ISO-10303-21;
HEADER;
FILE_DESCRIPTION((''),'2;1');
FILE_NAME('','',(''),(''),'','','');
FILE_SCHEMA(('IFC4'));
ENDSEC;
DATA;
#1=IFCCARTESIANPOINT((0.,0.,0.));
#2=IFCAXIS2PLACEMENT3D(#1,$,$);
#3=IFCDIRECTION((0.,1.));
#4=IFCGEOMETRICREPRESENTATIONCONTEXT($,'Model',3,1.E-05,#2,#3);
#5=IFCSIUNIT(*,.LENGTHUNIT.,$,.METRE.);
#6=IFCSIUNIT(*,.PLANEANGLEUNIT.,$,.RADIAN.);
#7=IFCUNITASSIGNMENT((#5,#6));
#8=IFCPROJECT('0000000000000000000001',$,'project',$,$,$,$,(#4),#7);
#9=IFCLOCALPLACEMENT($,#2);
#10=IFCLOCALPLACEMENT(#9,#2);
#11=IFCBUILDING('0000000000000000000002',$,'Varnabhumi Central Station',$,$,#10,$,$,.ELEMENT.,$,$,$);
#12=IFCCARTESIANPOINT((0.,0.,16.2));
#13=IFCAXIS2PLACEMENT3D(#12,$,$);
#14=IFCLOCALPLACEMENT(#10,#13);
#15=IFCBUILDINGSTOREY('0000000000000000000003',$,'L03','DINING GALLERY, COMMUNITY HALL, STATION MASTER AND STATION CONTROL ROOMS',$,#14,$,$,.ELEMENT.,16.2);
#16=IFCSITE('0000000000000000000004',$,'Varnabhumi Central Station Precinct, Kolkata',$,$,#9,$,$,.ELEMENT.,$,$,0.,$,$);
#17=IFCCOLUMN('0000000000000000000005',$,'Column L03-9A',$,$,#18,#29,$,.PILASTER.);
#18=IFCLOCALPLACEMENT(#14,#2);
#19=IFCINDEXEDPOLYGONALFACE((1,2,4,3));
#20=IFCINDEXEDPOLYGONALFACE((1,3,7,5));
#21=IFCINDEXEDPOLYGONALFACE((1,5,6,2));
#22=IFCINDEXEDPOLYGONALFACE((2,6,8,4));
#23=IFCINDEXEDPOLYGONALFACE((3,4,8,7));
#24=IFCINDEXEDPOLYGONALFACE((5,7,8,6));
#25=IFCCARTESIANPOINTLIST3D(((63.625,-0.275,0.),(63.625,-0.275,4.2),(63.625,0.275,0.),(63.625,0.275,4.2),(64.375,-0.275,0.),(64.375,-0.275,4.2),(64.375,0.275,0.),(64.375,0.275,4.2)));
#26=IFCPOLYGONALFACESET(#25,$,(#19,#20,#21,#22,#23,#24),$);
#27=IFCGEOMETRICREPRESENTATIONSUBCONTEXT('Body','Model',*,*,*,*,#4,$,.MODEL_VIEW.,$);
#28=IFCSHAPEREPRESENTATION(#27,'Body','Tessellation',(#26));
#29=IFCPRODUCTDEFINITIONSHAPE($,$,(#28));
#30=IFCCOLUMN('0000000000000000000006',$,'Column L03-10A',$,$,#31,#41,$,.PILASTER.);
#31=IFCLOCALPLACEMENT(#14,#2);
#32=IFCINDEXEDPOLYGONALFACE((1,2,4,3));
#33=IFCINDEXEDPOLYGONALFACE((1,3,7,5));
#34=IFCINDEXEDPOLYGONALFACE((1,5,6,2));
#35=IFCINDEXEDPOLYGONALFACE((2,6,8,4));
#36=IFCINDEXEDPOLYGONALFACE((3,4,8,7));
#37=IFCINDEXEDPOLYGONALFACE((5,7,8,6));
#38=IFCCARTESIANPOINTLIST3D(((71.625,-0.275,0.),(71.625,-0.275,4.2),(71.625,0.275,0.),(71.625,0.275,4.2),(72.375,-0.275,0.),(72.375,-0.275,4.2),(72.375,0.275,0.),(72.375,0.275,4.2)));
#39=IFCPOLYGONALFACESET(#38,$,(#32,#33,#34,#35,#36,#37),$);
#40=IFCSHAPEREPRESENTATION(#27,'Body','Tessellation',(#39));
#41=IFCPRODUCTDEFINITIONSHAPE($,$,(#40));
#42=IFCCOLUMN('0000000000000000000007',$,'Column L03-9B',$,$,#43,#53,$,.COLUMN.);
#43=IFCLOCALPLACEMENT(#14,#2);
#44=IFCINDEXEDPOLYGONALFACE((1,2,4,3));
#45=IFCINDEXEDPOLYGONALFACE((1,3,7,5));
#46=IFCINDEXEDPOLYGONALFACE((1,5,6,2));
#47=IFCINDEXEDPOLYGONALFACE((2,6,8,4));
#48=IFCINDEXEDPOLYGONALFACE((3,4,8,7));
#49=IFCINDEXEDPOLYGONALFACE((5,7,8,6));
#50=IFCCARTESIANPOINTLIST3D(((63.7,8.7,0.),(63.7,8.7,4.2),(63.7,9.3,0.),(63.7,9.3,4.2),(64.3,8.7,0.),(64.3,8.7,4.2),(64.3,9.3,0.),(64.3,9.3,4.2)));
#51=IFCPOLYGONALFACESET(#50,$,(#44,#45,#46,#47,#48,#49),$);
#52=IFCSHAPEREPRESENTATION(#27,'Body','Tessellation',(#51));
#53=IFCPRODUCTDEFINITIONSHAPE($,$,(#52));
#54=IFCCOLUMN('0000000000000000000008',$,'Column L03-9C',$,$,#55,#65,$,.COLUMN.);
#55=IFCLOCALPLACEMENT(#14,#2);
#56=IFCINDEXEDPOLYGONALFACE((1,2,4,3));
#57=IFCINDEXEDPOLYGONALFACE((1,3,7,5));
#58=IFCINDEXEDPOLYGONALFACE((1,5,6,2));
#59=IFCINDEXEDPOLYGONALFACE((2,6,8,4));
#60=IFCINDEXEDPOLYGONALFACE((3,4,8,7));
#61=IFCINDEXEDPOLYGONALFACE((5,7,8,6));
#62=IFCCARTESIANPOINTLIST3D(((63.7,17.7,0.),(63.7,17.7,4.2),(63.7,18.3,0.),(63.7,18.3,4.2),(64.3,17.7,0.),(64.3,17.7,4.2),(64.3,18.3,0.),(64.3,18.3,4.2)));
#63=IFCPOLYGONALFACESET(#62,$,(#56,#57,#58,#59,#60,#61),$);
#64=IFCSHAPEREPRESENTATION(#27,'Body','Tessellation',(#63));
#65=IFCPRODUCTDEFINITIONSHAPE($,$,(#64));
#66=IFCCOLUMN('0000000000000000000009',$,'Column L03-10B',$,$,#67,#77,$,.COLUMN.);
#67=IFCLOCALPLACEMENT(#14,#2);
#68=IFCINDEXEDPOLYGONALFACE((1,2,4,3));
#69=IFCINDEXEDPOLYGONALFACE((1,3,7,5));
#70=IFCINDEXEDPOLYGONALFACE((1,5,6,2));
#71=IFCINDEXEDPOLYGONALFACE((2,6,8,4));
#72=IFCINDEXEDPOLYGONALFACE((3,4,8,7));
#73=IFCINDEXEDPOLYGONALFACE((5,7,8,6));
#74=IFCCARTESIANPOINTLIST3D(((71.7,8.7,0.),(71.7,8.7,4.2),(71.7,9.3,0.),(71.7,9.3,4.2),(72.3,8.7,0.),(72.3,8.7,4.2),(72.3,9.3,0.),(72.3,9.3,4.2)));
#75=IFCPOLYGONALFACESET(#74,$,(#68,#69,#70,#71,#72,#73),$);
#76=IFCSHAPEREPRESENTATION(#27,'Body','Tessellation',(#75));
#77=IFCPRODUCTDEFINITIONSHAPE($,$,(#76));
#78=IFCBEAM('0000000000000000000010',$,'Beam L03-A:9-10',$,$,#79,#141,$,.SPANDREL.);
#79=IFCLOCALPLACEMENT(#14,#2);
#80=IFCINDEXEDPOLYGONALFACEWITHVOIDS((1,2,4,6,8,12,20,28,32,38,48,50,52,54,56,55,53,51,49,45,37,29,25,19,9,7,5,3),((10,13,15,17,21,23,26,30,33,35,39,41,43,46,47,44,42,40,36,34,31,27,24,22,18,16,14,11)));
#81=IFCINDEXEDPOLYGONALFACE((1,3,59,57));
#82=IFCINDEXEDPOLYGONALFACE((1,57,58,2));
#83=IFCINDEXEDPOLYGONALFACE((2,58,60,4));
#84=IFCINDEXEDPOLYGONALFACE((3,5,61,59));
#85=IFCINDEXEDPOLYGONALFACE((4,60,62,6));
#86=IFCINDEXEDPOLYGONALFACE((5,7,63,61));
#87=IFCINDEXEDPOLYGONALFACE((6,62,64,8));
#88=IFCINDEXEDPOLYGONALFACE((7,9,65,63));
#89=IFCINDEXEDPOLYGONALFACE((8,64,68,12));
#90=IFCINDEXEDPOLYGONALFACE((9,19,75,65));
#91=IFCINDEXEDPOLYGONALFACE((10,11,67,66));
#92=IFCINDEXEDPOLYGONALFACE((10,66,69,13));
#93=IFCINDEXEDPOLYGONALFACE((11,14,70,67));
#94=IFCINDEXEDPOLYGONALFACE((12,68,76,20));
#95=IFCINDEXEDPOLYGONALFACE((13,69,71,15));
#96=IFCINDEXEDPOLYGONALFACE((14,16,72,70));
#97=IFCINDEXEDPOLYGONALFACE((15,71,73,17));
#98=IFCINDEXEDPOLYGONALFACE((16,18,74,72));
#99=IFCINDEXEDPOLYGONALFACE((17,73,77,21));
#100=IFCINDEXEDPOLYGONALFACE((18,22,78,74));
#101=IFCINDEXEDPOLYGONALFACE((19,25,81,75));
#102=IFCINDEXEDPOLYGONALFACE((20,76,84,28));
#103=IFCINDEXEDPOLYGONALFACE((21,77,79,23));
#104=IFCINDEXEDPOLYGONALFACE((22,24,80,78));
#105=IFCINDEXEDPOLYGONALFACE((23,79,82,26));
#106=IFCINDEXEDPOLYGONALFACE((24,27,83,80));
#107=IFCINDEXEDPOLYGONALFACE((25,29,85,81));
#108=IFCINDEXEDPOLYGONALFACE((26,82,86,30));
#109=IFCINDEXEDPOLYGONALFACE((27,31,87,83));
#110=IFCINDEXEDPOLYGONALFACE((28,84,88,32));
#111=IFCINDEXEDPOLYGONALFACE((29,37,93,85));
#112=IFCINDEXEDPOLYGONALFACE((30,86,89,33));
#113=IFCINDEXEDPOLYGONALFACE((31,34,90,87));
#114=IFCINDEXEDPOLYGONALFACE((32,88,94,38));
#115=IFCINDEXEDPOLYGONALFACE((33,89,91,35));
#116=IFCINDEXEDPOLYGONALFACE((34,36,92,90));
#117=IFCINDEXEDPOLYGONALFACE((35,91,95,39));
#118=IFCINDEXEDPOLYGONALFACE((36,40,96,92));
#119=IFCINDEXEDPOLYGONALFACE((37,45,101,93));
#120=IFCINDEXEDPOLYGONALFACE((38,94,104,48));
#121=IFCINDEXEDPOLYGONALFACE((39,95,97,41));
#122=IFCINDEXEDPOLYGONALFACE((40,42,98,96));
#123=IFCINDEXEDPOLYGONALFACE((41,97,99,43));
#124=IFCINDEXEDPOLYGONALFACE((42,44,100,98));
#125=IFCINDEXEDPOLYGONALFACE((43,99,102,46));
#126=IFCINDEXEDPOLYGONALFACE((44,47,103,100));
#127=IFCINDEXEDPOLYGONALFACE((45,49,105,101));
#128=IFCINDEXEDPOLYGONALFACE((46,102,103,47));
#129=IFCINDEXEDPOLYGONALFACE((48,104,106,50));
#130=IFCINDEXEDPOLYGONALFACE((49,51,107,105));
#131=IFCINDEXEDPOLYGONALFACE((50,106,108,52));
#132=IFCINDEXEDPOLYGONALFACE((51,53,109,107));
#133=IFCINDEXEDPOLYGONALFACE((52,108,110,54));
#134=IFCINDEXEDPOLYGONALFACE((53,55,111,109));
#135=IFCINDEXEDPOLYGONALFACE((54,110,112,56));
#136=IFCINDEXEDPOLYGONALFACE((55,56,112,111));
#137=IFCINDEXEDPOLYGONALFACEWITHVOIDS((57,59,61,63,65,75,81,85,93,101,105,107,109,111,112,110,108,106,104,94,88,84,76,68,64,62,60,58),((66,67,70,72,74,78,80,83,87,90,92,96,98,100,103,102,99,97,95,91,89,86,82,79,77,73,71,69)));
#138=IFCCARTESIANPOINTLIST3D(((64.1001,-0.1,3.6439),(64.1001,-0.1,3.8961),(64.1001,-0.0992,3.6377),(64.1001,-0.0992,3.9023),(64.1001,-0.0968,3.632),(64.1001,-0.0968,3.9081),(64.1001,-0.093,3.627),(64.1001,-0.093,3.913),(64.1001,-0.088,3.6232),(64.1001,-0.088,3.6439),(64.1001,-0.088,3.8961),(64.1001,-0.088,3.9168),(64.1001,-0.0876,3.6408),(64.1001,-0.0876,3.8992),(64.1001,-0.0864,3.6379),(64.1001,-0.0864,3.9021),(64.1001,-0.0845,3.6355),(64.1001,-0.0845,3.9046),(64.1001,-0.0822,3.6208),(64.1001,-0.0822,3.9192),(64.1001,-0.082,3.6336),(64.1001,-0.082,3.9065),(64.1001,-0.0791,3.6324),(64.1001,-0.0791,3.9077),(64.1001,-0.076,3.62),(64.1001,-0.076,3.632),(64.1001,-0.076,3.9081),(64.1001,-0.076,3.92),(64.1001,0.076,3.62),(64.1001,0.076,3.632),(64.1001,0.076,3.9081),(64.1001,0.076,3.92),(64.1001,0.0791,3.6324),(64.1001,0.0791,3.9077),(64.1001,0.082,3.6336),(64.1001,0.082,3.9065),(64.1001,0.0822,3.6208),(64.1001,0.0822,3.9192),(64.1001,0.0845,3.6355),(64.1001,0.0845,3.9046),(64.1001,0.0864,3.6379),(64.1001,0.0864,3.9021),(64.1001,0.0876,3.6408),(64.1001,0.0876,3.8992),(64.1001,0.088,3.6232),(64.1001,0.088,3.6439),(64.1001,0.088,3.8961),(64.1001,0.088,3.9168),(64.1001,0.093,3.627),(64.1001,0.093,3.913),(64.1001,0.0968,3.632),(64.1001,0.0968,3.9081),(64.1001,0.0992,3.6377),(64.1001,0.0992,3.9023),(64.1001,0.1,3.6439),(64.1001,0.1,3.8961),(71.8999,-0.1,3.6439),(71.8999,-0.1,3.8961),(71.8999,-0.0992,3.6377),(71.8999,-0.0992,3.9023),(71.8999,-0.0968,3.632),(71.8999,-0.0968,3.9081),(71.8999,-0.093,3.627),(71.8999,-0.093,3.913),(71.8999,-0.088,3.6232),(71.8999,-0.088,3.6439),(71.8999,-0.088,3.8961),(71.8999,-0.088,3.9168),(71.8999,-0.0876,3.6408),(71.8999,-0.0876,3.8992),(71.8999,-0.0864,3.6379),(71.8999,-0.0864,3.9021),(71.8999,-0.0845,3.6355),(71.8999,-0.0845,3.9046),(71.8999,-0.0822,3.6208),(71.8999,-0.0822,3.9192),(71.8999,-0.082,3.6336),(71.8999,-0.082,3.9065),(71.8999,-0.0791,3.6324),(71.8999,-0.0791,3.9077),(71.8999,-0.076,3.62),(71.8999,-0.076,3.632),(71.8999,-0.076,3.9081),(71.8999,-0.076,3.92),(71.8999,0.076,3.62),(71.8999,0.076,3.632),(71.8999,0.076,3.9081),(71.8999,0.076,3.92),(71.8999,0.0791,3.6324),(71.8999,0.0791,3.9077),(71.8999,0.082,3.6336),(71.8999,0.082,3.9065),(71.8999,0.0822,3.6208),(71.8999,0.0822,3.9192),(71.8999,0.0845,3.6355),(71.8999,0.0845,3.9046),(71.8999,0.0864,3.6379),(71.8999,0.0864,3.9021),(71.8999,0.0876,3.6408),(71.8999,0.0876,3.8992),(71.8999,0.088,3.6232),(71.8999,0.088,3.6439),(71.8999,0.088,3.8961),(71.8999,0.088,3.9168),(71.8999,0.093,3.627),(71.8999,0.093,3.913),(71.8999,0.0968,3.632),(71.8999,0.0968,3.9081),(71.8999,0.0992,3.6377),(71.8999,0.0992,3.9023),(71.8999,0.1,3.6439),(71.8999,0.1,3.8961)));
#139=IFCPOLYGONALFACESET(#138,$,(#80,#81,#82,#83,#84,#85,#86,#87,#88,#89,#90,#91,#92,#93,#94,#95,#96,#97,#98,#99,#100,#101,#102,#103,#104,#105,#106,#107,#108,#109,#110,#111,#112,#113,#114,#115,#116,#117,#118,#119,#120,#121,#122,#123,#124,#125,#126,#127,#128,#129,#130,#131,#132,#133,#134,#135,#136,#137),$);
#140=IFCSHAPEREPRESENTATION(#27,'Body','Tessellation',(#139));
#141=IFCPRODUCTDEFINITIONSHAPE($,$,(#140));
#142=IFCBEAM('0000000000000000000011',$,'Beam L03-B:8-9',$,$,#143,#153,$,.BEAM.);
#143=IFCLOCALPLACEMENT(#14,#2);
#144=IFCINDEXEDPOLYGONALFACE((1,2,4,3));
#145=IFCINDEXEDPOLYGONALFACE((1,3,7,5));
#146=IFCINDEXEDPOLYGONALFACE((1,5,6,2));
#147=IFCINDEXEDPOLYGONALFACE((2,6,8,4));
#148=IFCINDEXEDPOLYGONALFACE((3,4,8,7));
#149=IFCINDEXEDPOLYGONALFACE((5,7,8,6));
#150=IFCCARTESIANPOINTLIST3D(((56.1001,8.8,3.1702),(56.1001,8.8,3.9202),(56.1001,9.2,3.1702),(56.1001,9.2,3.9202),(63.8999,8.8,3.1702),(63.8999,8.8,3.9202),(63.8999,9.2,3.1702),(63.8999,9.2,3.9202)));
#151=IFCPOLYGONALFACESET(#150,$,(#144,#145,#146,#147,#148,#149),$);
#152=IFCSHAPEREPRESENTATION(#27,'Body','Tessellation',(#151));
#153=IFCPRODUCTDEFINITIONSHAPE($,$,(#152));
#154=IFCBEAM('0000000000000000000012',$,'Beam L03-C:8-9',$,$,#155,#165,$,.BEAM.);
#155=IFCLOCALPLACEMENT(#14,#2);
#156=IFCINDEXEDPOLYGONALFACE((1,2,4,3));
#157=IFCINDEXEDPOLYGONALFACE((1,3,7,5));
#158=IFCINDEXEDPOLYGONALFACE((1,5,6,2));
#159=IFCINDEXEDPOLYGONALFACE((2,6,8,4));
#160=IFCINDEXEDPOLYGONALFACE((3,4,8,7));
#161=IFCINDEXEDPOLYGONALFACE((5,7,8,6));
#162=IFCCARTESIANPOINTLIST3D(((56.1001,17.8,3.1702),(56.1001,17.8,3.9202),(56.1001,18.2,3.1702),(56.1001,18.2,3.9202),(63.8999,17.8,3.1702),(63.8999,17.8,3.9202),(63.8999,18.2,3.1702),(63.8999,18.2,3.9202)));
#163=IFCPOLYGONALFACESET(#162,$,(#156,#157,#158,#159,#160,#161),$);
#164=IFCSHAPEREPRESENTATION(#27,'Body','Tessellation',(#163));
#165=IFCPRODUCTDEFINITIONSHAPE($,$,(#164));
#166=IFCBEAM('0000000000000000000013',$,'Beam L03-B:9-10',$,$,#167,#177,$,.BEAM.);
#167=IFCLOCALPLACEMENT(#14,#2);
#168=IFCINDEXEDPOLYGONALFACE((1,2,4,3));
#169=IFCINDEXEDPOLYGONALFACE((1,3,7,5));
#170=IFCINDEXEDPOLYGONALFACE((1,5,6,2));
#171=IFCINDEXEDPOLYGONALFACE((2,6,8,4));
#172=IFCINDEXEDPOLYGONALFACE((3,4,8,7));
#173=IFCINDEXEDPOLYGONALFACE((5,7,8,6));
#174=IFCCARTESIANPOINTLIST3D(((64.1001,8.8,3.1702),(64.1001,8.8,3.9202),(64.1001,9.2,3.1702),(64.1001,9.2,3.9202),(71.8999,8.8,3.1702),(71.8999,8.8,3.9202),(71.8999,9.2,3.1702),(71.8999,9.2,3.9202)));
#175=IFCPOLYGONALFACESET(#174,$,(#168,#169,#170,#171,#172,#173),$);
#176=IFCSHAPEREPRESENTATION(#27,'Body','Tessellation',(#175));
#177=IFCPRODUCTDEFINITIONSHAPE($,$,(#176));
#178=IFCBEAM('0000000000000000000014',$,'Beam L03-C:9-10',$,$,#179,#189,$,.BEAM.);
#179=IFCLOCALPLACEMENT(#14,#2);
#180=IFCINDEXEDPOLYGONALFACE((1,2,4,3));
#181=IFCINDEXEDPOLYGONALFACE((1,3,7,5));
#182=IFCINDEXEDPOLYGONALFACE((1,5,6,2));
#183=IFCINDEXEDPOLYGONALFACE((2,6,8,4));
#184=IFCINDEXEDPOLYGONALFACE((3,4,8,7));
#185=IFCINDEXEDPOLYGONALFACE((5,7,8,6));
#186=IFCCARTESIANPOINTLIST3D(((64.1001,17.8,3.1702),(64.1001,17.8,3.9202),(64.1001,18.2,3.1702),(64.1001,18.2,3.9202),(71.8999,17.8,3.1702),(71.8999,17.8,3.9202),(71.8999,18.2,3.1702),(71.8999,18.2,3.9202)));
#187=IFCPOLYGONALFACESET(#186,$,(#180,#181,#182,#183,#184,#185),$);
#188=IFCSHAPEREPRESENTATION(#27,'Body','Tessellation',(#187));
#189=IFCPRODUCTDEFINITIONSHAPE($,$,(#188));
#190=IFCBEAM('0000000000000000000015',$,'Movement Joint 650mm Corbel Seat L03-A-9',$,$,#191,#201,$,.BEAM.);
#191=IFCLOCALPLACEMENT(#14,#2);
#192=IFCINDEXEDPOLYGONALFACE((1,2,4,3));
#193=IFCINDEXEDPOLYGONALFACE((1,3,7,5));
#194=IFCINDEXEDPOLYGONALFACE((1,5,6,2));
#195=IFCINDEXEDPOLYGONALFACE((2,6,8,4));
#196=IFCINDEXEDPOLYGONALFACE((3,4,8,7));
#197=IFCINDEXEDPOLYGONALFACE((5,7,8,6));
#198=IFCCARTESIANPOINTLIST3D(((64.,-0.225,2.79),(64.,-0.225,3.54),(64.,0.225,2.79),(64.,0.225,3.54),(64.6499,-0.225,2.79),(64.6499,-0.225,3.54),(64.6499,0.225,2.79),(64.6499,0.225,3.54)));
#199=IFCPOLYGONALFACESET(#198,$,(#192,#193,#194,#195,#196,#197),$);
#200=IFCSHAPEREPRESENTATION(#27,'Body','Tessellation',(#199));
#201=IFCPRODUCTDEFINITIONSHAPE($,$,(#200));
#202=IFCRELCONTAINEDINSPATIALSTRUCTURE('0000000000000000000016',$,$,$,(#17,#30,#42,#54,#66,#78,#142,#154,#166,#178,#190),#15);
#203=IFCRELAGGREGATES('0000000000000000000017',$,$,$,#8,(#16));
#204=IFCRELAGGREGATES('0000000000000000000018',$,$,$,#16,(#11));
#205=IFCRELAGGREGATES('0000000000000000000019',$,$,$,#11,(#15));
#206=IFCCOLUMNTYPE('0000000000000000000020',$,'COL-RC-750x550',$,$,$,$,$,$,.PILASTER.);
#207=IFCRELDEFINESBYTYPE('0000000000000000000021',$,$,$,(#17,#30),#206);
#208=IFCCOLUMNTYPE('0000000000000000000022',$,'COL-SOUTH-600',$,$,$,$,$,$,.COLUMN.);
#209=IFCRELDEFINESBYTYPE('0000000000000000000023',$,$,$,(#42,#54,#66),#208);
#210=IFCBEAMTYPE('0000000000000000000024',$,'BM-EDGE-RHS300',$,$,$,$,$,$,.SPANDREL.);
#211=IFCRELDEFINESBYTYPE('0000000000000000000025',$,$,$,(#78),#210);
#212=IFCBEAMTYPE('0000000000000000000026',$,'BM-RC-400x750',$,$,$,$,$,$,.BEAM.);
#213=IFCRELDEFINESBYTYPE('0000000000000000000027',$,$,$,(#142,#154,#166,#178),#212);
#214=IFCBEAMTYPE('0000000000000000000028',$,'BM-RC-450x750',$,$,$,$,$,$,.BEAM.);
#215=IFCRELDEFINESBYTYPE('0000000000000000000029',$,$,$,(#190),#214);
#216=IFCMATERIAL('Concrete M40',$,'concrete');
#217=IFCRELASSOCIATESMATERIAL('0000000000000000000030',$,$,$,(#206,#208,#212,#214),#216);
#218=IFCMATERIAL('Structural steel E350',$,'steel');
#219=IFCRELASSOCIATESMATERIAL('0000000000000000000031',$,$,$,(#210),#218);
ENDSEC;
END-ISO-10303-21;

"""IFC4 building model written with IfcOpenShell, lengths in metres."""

from ifc_helpers import new_model, si_unit, direction, frame, origin, origin_2d, place, context, subcontext, project, spatial, rectangle, hollow_rectangle, extrude, material, material_profile, profile_set, type_object, element, save


model = new_model("IFC4")

# Units and contexts
model_context = context("Model", 3, precision=1e-05, world=origin(), true_north=direction((0.0, 1.0)))
body_context = subcontext(model_context, "Body", "Model", "MODEL_VIEW")
ifc_project = project(units=[si_unit("LENGTHUNIT", "METRE"), si_unit("PLANEANGLEUNIT", "RADIAN")], contexts=[model_context])

# Site, building, storey
site_placement = place(None, origin())
site = spatial("IfcSite", under=ifc_project, at=site_placement, Name="Varnabhumi Central Station Precinct, Kolkata", CompositionType="ELEMENT", RefElevation=0.0)
building_placement = place(site_placement, origin())
building = spatial("IfcBuilding", under=site, at=building_placement, Name="Varnabhumi Central Station", CompositionType="ELEMENT")
storey_placement = place(building_placement, frame((0.0, 0.0, 16.2)))
storey = spatial("IfcBuildingStorey", under=building, at=storey_placement, Name="L03", Description="DINING GALLERY, COMMUNITY HALL, STATION MASTER AND STATION CONTROL ROOMS", CompositionType="ELEMENT", Elevation=16.2)

# Columns
ifc_material_1 = material(Name="Concrete M40", Category="concrete")
ifc_material_profile_1 = material_profile(ifc_material_1, rectangle(XDim=0.75, YDim=0.55, at=origin_2d()), Name="Concrete M40", Category="concrete")
ifc_profile_set_1 = profile_set([ifc_material_profile_1], Name="Concrete M40")
column_type_1 = type_object("IfcColumnType", Name="COL-RC-750x550", PredefinedType="PILASTER", material=ifc_profile_set_1)
for number, where, z_axis, x_axis, name in (
    (1, (64.0, 0.0, 0.0), (0.0, 0.0, 1.0), (1.0, 0.0, 0.0), "Column L03-9A"),
    (2, (72.0, 0.0, 0.0), (0.0, 0.0, 1.0), (1.0, 0.0, 0.0), "Column L03-10A"),
):
    element("IfcColumn", number, at=place(storey_placement, frame(where, z_axis=z_axis, x_axis=x_axis)), inside=storey, type_object=column_type_1, Name=name, PredefinedType="PILASTER", context=body_context, shape_type="SweptSolid", body=[
        extrude(rectangle(XDim=0.75, YDim=0.55, at=origin_2d()), origin(), (0.0, 0.0, 1.0), 4.2),
    ])
ifc_material_profile_2 = material_profile(ifc_material_1, rectangle(XDim=0.6001, YDim=0.6001, at=origin_2d()), Name="Concrete M40", Category="concrete")
ifc_profile_set_2 = profile_set([ifc_material_profile_2], Name="Concrete M40")
column_type_2 = type_object("IfcColumnType", Name="COL-SOUTH-600", PredefinedType="COLUMN", material=ifc_profile_set_2)
for number, where, z_axis, x_axis, name in (
    (3, (64.0, 9.0, 0.0), (0.0, 0.0, 1.0), (1.0, 0.0, 0.0), "Column L03-9B"),
    (4, (64.0, 18.0, 0.0), (0.0, 0.0, 1.0), (1.0, 0.0, 0.0), "Column L03-9C"),
    (5, (72.0, 9.0, 0.0), (0.0, 0.0, 1.0), (1.0, 0.0, 0.0), "Column L03-10B"),
):
    element("IfcColumn", number, at=place(storey_placement, frame(where, z_axis=z_axis, x_axis=x_axis)), inside=storey, type_object=column_type_2, Name=name, PredefinedType="COLUMN", context=body_context, shape_type="SweptSolid", body=[
        extrude(rectangle(XDim=0.6001, YDim=0.6001, at=origin_2d()), origin(), (0.0, 0.0, 1.0), 4.2),
    ])

# Beams
ifc_material_2 = material(Name="Structural steel E350", Category="steel")
ifc_material_profile_3 = material_profile(ifc_material_2, hollow_rectangle(XDim=0.2, YDim=0.3, WallThickness=0.012, InnerFilletRadius=0.012, OuterFilletRadius=0.0239, at=origin_2d()), Name="Structural steel E350", Category="steel")
ifc_profile_set_3 = profile_set([ifc_material_profile_3], Name="Structural steel E350")
beam_type_1 = type_object("IfcBeamType", Name="BM-EDGE-RHS300", PredefinedType="SPANDREL", material=ifc_profile_set_3)
beam_1_placement = place(storey_placement, frame((64.1001, 0.0, 3.77), z_axis=(1.0, 0.0, 0.0), x_axis=(0.0, 1.0, 0.0)))
element("IfcBeam", 6, at=beam_1_placement, inside=storey, type_object=beam_type_1, Name="Beam L03-A:9-10", PredefinedType="SPANDREL", context=body_context, shape_type="SweptSolid", body=[
    extrude(hollow_rectangle(XDim=0.2, YDim=0.3, WallThickness=0.012, InnerFilletRadius=0.012, OuterFilletRadius=0.0239, at=origin_2d()), origin(), (0.0, 0.0, 1.0), 7.7998),
])
ifc_material_profile_4 = material_profile(ifc_material_1, rectangle(XDim=0.3999, YDim=0.75, at=origin_2d()), Name="Concrete M40", Category="concrete")
ifc_profile_set_4 = profile_set([ifc_material_profile_4], Name="Concrete M40")
beam_type_2 = type_object("IfcBeamType", Name="BM-RC-400x750", PredefinedType="BEAM", material=ifc_profile_set_4)
for number, where, z_axis, x_axis, name in (
    (7, (56.1001, 9.0, 3.5452), (1.0, 0.0, 0.0), (0.0, 1.0, 0.0), "Beam L03-B:8-9"),
    (8, (56.1001, 18.0, 3.5452), (1.0, 0.0, 0.0), (0.0, 1.0, 0.0), "Beam L03-C:8-9"),
    (9, (64.1001, 9.0, 3.5452), (1.0, 0.0, 0.0), (0.0, 1.0, 0.0), "Beam L03-B:9-10"),
    (10, (64.1001, 18.0, 3.5452), (1.0, 0.0, 0.0), (0.0, 1.0, 0.0), "Beam L03-C:9-10"),
):
    element("IfcBeam", number, at=place(storey_placement, frame(where, z_axis=z_axis, x_axis=x_axis)), inside=storey, type_object=beam_type_2, Name=name, PredefinedType="BEAM", context=body_context, shape_type="SweptSolid", body=[
        extrude(rectangle(XDim=0.3999, YDim=0.75, at=origin_2d()), origin(), (0.0, 0.0, 1.0), 7.7998),
    ])
ifc_material_profile_5 = material_profile(ifc_material_1, rectangle(XDim=0.45, YDim=0.75, at=origin_2d()), Name="Concrete M40", Category="concrete")
ifc_profile_set_5 = profile_set([ifc_material_profile_5], Name="Concrete M40")
beam_type_3 = type_object("IfcBeamType", Name="BM-RC-450x750", PredefinedType="BEAM", material=ifc_profile_set_5)
for number, where, z_axis, x_axis, name in (
    (11, (64.0, 0.0, 3.165), (1.0, 0.0, 0.0), (0.0, 1.0, 0.0), "Movement Joint 650mm Corbel Seat L03-A-9"),
):
    element("IfcBeam", number, at=place(storey_placement, frame(where, z_axis=z_axis, x_axis=x_axis)), inside=storey, type_object=beam_type_3, Name=name, PredefinedType="BEAM", context=body_context, shape_type="SweptSolid", body=[
        extrude(rectangle(XDim=0.45, YDim=0.75, at=origin_2d()), origin(), (0.0, 0.0, 1.0), 0.6499),
    ])

save(model, "model.ifc")
